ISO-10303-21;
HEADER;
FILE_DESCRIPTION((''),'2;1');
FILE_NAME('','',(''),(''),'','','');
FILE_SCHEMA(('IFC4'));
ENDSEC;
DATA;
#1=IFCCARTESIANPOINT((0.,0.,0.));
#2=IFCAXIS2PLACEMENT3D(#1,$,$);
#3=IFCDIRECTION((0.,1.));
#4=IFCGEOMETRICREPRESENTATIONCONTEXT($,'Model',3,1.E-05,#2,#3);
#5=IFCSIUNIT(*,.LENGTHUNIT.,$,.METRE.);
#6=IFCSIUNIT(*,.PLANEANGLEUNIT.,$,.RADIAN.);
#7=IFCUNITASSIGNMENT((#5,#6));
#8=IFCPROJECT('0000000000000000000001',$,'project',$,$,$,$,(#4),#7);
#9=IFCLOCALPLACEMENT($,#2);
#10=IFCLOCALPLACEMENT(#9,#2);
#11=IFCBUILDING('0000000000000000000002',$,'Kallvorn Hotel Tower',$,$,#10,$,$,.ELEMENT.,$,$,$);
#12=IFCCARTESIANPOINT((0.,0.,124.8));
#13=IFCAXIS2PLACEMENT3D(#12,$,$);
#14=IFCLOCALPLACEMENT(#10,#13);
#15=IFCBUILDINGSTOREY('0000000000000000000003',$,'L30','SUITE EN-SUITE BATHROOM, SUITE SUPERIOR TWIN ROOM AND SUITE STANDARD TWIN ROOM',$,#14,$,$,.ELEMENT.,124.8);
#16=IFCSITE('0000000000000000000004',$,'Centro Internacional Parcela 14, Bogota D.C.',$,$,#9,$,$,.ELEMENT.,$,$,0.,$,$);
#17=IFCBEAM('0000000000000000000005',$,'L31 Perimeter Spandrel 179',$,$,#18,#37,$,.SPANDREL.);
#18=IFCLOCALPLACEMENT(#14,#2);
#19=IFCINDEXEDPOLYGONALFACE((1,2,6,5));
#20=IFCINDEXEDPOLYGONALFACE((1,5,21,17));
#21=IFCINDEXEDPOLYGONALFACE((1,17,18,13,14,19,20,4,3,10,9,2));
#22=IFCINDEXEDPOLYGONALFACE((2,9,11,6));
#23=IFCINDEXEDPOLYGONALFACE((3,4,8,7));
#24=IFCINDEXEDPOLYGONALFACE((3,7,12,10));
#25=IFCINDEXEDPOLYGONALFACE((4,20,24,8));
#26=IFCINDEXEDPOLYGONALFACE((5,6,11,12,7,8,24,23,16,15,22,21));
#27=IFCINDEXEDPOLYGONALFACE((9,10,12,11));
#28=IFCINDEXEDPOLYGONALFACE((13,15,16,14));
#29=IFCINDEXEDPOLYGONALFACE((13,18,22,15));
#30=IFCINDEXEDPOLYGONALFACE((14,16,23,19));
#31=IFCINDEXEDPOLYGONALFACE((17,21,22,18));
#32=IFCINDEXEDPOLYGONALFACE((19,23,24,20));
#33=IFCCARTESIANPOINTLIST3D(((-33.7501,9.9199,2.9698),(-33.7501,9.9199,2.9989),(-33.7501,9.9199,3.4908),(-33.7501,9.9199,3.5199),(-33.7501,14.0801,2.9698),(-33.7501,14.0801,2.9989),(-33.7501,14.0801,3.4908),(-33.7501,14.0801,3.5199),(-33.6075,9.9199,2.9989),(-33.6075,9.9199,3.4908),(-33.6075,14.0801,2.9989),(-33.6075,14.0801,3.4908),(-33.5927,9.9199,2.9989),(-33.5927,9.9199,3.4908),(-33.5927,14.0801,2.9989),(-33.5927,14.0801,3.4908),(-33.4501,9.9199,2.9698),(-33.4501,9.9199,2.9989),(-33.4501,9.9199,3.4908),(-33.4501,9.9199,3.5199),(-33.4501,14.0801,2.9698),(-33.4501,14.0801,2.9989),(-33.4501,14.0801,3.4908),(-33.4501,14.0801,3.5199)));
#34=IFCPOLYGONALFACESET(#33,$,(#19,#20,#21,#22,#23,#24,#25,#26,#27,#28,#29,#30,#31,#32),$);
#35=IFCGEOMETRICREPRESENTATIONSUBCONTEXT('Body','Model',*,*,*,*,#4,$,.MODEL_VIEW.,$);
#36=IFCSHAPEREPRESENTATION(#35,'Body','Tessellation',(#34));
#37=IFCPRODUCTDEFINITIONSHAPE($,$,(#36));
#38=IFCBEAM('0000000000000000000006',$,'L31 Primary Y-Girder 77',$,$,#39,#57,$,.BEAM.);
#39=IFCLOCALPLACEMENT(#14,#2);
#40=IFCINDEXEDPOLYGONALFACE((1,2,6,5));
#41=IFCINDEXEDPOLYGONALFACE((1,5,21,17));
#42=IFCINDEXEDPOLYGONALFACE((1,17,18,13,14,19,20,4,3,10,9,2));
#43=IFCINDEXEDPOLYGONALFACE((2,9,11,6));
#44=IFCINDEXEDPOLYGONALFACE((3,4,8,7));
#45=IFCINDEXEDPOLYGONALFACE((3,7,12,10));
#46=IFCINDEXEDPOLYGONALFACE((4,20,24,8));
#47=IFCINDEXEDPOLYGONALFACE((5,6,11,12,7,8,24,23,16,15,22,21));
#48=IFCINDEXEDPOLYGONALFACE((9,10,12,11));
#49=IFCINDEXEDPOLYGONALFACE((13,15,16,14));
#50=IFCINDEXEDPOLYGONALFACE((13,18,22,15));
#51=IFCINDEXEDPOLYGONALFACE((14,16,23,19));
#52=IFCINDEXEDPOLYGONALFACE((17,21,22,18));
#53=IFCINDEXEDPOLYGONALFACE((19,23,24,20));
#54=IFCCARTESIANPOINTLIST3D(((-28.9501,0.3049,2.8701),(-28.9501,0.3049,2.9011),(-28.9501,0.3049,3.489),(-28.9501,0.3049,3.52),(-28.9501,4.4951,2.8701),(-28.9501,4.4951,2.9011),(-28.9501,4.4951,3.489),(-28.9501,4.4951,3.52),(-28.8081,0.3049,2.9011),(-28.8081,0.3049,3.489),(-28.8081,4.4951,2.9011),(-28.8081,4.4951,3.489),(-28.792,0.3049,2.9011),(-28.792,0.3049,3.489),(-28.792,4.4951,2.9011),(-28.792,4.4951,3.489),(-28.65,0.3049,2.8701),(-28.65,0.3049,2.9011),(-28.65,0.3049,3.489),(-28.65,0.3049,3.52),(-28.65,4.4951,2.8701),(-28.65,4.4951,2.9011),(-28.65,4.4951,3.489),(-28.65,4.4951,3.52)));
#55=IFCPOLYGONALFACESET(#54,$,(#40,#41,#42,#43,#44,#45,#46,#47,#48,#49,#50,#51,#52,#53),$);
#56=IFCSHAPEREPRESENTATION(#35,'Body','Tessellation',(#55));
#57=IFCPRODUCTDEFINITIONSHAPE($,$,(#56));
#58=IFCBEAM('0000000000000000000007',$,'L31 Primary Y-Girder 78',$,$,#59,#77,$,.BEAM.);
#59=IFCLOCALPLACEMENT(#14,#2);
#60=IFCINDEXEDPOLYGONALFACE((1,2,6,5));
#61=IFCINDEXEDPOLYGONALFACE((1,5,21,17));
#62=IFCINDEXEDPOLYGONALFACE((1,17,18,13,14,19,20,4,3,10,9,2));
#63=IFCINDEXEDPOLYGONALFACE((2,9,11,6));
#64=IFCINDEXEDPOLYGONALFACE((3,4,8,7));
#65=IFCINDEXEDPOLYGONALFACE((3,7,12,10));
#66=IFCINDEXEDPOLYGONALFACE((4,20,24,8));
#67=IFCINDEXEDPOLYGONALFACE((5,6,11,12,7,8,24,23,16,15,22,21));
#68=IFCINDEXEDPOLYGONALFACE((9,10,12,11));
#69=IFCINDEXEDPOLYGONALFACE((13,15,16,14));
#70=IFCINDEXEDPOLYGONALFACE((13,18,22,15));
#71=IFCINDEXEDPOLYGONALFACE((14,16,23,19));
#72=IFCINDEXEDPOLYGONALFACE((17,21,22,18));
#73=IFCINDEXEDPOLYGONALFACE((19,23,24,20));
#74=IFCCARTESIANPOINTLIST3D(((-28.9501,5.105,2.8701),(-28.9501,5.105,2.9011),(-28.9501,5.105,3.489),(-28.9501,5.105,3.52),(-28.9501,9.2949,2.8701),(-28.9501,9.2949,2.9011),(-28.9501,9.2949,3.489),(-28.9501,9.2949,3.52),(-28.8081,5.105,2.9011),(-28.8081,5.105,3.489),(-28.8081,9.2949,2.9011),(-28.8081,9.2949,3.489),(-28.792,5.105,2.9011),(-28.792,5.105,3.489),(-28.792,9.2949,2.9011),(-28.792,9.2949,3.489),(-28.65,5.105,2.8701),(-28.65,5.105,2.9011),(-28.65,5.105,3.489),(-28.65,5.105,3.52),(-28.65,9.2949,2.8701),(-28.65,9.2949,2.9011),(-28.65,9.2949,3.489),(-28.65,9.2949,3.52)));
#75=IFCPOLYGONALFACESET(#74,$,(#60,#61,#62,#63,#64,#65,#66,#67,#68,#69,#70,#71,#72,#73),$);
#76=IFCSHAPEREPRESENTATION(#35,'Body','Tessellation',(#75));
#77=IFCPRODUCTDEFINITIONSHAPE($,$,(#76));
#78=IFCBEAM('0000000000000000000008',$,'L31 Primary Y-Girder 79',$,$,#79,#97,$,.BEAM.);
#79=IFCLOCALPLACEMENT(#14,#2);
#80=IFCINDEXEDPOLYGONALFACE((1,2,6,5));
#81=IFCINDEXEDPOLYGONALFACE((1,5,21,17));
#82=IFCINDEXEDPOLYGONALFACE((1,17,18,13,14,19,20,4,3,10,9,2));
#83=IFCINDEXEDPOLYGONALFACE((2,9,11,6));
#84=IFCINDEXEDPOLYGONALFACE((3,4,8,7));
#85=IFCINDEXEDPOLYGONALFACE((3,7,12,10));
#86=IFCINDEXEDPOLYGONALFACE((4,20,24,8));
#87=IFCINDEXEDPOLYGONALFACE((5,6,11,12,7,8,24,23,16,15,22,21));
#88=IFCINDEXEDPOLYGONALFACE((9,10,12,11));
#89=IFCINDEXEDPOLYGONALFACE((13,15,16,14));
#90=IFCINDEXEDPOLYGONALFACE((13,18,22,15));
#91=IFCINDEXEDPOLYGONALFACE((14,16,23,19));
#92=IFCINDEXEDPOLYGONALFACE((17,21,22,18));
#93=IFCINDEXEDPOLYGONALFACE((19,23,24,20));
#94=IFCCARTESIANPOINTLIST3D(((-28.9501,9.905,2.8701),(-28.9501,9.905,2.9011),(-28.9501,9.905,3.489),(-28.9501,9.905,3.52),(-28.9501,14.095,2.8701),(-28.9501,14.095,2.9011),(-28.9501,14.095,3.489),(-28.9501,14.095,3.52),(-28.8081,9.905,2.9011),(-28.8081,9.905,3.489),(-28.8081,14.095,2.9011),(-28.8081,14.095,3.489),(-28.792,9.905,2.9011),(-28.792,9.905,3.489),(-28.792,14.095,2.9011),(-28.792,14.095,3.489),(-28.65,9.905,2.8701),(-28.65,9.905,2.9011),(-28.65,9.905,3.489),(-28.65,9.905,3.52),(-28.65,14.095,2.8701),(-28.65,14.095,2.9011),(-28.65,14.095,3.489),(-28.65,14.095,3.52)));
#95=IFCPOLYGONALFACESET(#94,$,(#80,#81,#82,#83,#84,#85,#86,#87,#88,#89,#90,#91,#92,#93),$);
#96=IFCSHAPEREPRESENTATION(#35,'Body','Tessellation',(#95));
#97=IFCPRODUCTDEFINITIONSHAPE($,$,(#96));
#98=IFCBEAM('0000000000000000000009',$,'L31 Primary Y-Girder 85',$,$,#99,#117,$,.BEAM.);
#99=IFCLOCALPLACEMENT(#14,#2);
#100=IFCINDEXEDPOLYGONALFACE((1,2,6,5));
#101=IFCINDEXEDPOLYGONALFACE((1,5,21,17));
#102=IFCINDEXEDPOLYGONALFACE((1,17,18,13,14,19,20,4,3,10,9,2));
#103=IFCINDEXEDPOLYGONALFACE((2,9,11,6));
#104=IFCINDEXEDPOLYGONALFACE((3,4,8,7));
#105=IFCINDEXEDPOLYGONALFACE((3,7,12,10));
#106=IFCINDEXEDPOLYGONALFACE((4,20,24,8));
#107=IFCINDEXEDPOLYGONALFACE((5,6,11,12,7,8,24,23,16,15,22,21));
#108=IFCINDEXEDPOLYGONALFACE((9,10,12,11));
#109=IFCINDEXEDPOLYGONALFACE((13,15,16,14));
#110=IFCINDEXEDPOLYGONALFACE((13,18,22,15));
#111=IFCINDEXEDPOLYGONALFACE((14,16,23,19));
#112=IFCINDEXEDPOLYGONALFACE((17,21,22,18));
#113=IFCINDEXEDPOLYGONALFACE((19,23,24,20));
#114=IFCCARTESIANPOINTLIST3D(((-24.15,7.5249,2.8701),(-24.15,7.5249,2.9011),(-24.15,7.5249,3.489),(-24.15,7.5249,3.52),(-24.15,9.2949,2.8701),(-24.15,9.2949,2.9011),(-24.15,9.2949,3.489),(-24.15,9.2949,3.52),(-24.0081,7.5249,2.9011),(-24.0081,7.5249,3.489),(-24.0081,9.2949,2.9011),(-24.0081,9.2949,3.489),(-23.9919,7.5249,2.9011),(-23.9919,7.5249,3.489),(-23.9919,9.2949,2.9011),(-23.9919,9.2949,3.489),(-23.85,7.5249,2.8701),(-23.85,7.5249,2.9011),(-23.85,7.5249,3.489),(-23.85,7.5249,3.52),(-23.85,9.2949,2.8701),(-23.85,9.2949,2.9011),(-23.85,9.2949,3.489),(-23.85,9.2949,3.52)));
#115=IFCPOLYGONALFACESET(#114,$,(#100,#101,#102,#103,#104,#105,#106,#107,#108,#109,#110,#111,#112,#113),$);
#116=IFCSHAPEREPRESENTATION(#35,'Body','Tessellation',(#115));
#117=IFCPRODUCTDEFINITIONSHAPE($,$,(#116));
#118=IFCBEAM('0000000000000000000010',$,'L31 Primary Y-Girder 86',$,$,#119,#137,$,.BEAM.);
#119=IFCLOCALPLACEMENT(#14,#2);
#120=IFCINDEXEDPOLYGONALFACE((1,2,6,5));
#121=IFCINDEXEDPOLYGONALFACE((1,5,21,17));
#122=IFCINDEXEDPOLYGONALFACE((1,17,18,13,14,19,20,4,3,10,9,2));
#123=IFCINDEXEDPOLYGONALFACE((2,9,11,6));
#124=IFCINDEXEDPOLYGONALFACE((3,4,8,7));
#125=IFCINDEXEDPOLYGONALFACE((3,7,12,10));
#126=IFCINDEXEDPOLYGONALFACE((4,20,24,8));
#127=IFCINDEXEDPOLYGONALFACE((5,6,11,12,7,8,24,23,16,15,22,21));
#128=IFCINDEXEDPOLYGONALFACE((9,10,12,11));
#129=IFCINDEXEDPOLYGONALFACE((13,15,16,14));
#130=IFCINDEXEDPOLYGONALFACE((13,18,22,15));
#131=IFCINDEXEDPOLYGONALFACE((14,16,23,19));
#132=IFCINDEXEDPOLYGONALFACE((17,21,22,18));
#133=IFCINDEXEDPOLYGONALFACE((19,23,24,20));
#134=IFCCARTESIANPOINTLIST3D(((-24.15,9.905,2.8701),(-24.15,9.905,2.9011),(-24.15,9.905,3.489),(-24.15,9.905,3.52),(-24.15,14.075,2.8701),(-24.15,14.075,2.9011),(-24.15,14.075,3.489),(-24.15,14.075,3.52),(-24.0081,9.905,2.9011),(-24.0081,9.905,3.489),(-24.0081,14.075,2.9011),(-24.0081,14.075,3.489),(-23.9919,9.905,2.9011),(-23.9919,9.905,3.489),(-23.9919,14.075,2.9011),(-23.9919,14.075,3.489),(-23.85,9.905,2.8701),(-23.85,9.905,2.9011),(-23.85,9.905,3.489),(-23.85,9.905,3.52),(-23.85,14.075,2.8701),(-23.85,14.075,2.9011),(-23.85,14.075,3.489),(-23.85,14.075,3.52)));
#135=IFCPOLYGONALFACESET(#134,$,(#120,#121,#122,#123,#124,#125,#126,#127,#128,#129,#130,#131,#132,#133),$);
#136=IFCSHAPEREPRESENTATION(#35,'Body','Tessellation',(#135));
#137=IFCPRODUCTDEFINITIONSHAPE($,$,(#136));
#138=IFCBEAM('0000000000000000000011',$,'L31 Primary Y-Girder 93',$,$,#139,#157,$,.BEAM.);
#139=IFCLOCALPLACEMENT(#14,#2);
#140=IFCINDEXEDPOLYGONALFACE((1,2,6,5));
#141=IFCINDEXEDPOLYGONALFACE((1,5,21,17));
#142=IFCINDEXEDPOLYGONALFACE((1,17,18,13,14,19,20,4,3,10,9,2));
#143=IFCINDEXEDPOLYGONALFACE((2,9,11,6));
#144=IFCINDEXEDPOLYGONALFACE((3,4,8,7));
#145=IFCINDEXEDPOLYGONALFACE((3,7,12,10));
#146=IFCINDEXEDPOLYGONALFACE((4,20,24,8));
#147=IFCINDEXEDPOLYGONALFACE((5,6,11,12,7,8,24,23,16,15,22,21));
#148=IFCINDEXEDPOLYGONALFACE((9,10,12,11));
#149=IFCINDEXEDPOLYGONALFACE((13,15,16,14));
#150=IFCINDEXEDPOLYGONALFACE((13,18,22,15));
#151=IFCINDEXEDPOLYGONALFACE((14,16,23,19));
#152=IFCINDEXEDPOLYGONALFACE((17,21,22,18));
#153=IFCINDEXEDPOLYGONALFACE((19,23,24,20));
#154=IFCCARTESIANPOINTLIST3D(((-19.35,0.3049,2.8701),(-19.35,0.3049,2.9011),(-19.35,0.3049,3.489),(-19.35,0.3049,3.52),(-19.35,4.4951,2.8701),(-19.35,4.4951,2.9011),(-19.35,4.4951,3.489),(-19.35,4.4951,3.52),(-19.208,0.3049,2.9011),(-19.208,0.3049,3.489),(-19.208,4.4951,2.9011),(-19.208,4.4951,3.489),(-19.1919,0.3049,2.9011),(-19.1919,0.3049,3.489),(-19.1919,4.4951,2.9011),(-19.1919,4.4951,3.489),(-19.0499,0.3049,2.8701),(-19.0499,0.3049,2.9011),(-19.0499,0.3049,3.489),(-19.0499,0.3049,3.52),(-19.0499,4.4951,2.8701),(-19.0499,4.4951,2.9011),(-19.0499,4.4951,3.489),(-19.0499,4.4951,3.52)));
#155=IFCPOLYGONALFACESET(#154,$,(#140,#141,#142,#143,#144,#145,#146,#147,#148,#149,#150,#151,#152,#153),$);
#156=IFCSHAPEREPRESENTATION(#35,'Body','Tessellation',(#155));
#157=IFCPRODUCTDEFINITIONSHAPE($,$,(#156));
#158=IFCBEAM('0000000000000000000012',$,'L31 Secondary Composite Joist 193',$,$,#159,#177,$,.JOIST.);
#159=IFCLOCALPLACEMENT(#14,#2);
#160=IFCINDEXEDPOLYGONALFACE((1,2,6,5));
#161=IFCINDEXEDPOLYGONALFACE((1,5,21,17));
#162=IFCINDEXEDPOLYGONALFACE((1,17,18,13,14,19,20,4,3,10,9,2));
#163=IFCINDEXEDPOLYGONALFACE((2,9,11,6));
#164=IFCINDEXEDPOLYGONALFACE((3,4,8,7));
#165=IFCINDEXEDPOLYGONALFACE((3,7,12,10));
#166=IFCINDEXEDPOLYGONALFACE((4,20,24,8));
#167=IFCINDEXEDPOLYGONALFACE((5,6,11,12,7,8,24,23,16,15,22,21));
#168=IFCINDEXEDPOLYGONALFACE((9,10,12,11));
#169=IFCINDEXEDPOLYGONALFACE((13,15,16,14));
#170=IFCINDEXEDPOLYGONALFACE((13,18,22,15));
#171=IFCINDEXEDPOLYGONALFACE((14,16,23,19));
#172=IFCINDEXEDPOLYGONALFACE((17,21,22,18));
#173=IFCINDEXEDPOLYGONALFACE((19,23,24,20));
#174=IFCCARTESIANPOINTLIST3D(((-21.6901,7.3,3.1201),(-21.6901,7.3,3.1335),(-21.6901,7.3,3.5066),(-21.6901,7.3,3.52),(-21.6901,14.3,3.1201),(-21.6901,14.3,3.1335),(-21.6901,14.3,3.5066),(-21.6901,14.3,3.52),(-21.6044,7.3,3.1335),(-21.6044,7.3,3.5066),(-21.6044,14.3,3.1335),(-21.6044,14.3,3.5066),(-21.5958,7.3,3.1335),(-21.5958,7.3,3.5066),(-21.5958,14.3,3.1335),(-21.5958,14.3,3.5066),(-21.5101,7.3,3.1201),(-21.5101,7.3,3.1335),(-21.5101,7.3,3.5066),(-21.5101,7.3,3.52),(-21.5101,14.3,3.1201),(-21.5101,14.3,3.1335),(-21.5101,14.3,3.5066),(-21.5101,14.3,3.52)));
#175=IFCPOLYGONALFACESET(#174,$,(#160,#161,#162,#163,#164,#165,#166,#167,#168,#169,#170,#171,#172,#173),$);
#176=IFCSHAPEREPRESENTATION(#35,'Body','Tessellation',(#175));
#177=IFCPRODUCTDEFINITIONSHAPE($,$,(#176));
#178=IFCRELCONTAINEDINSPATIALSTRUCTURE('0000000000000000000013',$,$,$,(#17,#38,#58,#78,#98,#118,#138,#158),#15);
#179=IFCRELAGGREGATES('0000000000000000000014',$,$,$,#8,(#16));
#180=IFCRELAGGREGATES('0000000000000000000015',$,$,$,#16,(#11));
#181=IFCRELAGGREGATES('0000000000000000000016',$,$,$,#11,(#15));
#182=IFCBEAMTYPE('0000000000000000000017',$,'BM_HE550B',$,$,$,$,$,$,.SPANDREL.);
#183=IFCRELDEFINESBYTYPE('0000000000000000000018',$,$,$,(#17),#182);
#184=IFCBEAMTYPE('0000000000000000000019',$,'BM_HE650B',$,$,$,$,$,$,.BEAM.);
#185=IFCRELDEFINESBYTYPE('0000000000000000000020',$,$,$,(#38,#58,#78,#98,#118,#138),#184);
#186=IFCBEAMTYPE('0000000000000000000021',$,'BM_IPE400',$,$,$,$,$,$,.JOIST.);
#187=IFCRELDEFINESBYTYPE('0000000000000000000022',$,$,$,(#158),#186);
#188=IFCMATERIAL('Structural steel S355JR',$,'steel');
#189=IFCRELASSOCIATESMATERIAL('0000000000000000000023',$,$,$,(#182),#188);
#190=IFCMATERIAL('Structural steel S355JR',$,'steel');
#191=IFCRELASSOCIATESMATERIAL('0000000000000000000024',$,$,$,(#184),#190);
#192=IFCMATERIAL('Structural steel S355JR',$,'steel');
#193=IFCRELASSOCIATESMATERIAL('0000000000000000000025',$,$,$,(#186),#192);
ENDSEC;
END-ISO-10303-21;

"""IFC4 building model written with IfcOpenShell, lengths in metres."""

from ifc_helpers import new_model, si_unit, direction, frame, origin, origin_2d, place, context, subcontext, project, spatial, i_section, extrude, material, material_profile, profile_set, type_object, element, save


model = new_model("IFC4")

# Units and contexts
model_context = context("Model", 3, precision=1e-05, world=origin(), true_north=direction((0.0, 1.0)))
body_context = subcontext(model_context, "Body", "Model", "MODEL_VIEW")
ifc_project = project(units=[si_unit("LENGTHUNIT", "METRE"), si_unit("PLANEANGLEUNIT", "RADIAN")], contexts=[model_context])

# Site, building, storey
site_placement = place(None, origin())
site = spatial("IfcSite", under=ifc_project, at=site_placement, Name="Centro Internacional Parcela 14, Bogota D.C.", CompositionType="ELEMENT", RefElevation=0.0)
building_placement = place(site_placement, origin())
building = spatial("IfcBuilding", under=site, at=building_placement, Name="Kallvorn Hotel Tower", CompositionType="ELEMENT")
storey_placement = place(building_placement, frame((0.0, 0.0, 124.8)))
storey = spatial("IfcBuildingStorey", under=building, at=storey_placement, Name="L30", Description="SUITE EN-SUITE BATHROOM, SUITE SUPERIOR TWIN ROOM AND SUITE STANDARD TWIN ROOM", CompositionType="ELEMENT", Elevation=124.8)

# Beams
ifc_material_1 = material(Name="Structural steel S355JR", Category="steel")
ifc_material_profile_1 = material_profile(ifc_material_1, i_section(OverallWidth=0.3, OverallDepth=0.55, WebThickness=0.0149, FlangeThickness=0.0291, at=origin_2d()), Name="HE 550 B")
ifc_profile_set_1 = profile_set([ifc_material_profile_1], Name="Structural steel S355JR")
beam_type_1 = type_object("IfcBeamType", Name="BM_HE550B", PredefinedType="SPANDREL", material=ifc_profile_set_1)
beam_1_placement = place(storey_placement, frame((-33.6001, 9.9199, 3.2449), z_axis=(0.0, 1.0, 0.0), x_axis=(-1.0, 0.0, 0.0)))
element("IfcBeam", 1, at=beam_1_placement, inside=storey, type_object=beam_type_1, Name="L31 Perimeter Spandrel 179", PredefinedType="SPANDREL", context=body_context, shape_type="SweptSolid", body=[
    extrude(i_section(OverallWidth=0.3, OverallDepth=0.55, WebThickness=0.0149, FlangeThickness=0.0291, at=origin_2d()), origin(), (0.0, 0.0, 1.0), 4.1602),
])
ifc_material_2 = material(Name="Structural steel S355JR", Category="steel")
ifc_material_profile_2 = material_profile(ifc_material_2, i_section(OverallWidth=0.3, OverallDepth=0.6499, WebThickness=0.0161, FlangeThickness=0.031, at=origin_2d()), Name="HE 650 B")
ifc_profile_set_2 = profile_set([ifc_material_profile_2], Name="Structural steel S355JR")
beam_type_2 = type_object("IfcBeamType", Name="BM_HE650B", PredefinedType="BEAM", material=ifc_profile_set_2)
beam_2_placement = place(storey_placement, frame((-28.8, 0.3049, 3.1951), z_axis=(0.0, 1.0, 0.0), x_axis=(-1.0, 0.0, 0.0)))
element("IfcBeam", 2, at=beam_2_placement, inside=storey, type_object=beam_type_2, Name="L31 Primary Y-Girder 77", PredefinedType="BEAM", context=body_context, shape_type="SweptSolid", body=[
    extrude(i_section(OverallWidth=0.3, OverallDepth=0.6499, WebThickness=0.0161, FlangeThickness=0.031, at=origin_2d()), origin(), (0.0, 0.0, 1.0), 4.1902),
])
for number, where, z_axis, x_axis, name in (
    (3, (-28.8, 5.105, 3.1951), (0.0, 1.0, 0.0), (-1.0, 0.0, 0.0), "L31 Primary Y-Girder 78"),
    (4, (-28.8, 9.905, 3.1951), (0.0, 1.0, 0.0), (-1.0, 0.0, 0.0), "L31 Primary Y-Girder 79"),
):
    element("IfcBeam", number, at=place(storey_placement, frame(where, z_axis=z_axis, x_axis=x_axis)), inside=storey, type_object=beam_type_2, Name=name, PredefinedType="BEAM", context=body_context, shape_type="SweptSolid", body=[
        extrude(i_section(OverallWidth=0.3, OverallDepth=0.6499, WebThickness=0.0161, FlangeThickness=0.031, at=origin_2d()), origin(), (0.0, 0.0, 1.0), 4.1899),
    ])
beam_3_placement = place(storey_placement, frame((-24.0, 7.5249, 3.1951), z_axis=(0.0, 1.0, 0.0), x_axis=(-1.0, 0.0, 0.0)))
element("IfcBeam", 5, at=beam_3_placement, inside=storey, type_object=beam_type_2, Name="L31 Primary Y-Girder 85", PredefinedType="BEAM", context=body_context, shape_type="SweptSolid", body=[
    extrude(i_section(OverallWidth=0.3, OverallDepth=0.6499, WebThickness=0.0161, FlangeThickness=0.031, at=origin_2d()), origin(), (0.0, 0.0, 1.0), 1.77),
])
beam_4_placement = place(storey_placement, frame((-24.0, 9.905, 3.1951), z_axis=(0.0, 1.0, 0.0), x_axis=(-1.0, 0.0, 0.0)))
element("IfcBeam", 6, at=beam_4_placement, inside=storey, type_object=beam_type_2, Name="L31 Primary Y-Girder 86", PredefinedType="BEAM", context=body_context, shape_type="SweptSolid", body=[
    extrude(i_section(OverallWidth=0.3, OverallDepth=0.6499, WebThickness=0.0161, FlangeThickness=0.031, at=origin_2d()), origin(), (0.0, 0.0, 1.0), 4.1699),
])
beam_5_placement = place(storey_placement, frame((-19.2, 0.3049, 3.1951), z_axis=(0.0, 1.0, 0.0), x_axis=(-1.0, 0.0, 0.0)))
element("IfcBeam", 7, at=beam_5_placement, inside=storey, type_object=beam_type_2, Name="L31 Primary Y-Girder 93", PredefinedType="BEAM", context=body_context, shape_type="SweptSolid", body=[
    extrude(i_section(OverallWidth=0.3, OverallDepth=0.6499, WebThickness=0.0161, FlangeThickness=0.031, at=origin_2d()), origin(), (0.0, 0.0, 1.0), 4.1902),
])
ifc_material_3 = material(Name="Structural steel S355JR", Category="steel")
ifc_material_profile_3 = material_profile(ifc_material_3, i_section(OverallWidth=0.1799, OverallDepth=0.3999, WebThickness=0.0085, FlangeThickness=0.0134, at=origin_2d()), Name="IPE 400")
ifc_profile_set_3 = profile_set([ifc_material_profile_3], Name="Structural steel S355JR")
beam_type_3 = type_object("IfcBeamType", Name="BM_IPE400", PredefinedType="JOIST", material=ifc_profile_set_3)
beam_6_placement = place(storey_placement, frame((-21.6001, 7.3, 3.3201), z_axis=(0.0, 1.0, 0.0), x_axis=(-1.0, 0.0, 0.0)))
element("IfcBeam", 8, at=beam_6_placement, inside=storey, type_object=beam_type_3, Name="L31 Secondary Composite Joist 193", PredefinedType="JOIST", context=body_context, shape_type="SweptSolid", body=[
    extrude(i_section(OverallWidth=0.1799, OverallDepth=0.3999, WebThickness=0.0085, FlangeThickness=0.0134, at=origin_2d()), origin(), (0.0, 0.0, 1.0), 7.0),
])

save(model, "model.ifc")
